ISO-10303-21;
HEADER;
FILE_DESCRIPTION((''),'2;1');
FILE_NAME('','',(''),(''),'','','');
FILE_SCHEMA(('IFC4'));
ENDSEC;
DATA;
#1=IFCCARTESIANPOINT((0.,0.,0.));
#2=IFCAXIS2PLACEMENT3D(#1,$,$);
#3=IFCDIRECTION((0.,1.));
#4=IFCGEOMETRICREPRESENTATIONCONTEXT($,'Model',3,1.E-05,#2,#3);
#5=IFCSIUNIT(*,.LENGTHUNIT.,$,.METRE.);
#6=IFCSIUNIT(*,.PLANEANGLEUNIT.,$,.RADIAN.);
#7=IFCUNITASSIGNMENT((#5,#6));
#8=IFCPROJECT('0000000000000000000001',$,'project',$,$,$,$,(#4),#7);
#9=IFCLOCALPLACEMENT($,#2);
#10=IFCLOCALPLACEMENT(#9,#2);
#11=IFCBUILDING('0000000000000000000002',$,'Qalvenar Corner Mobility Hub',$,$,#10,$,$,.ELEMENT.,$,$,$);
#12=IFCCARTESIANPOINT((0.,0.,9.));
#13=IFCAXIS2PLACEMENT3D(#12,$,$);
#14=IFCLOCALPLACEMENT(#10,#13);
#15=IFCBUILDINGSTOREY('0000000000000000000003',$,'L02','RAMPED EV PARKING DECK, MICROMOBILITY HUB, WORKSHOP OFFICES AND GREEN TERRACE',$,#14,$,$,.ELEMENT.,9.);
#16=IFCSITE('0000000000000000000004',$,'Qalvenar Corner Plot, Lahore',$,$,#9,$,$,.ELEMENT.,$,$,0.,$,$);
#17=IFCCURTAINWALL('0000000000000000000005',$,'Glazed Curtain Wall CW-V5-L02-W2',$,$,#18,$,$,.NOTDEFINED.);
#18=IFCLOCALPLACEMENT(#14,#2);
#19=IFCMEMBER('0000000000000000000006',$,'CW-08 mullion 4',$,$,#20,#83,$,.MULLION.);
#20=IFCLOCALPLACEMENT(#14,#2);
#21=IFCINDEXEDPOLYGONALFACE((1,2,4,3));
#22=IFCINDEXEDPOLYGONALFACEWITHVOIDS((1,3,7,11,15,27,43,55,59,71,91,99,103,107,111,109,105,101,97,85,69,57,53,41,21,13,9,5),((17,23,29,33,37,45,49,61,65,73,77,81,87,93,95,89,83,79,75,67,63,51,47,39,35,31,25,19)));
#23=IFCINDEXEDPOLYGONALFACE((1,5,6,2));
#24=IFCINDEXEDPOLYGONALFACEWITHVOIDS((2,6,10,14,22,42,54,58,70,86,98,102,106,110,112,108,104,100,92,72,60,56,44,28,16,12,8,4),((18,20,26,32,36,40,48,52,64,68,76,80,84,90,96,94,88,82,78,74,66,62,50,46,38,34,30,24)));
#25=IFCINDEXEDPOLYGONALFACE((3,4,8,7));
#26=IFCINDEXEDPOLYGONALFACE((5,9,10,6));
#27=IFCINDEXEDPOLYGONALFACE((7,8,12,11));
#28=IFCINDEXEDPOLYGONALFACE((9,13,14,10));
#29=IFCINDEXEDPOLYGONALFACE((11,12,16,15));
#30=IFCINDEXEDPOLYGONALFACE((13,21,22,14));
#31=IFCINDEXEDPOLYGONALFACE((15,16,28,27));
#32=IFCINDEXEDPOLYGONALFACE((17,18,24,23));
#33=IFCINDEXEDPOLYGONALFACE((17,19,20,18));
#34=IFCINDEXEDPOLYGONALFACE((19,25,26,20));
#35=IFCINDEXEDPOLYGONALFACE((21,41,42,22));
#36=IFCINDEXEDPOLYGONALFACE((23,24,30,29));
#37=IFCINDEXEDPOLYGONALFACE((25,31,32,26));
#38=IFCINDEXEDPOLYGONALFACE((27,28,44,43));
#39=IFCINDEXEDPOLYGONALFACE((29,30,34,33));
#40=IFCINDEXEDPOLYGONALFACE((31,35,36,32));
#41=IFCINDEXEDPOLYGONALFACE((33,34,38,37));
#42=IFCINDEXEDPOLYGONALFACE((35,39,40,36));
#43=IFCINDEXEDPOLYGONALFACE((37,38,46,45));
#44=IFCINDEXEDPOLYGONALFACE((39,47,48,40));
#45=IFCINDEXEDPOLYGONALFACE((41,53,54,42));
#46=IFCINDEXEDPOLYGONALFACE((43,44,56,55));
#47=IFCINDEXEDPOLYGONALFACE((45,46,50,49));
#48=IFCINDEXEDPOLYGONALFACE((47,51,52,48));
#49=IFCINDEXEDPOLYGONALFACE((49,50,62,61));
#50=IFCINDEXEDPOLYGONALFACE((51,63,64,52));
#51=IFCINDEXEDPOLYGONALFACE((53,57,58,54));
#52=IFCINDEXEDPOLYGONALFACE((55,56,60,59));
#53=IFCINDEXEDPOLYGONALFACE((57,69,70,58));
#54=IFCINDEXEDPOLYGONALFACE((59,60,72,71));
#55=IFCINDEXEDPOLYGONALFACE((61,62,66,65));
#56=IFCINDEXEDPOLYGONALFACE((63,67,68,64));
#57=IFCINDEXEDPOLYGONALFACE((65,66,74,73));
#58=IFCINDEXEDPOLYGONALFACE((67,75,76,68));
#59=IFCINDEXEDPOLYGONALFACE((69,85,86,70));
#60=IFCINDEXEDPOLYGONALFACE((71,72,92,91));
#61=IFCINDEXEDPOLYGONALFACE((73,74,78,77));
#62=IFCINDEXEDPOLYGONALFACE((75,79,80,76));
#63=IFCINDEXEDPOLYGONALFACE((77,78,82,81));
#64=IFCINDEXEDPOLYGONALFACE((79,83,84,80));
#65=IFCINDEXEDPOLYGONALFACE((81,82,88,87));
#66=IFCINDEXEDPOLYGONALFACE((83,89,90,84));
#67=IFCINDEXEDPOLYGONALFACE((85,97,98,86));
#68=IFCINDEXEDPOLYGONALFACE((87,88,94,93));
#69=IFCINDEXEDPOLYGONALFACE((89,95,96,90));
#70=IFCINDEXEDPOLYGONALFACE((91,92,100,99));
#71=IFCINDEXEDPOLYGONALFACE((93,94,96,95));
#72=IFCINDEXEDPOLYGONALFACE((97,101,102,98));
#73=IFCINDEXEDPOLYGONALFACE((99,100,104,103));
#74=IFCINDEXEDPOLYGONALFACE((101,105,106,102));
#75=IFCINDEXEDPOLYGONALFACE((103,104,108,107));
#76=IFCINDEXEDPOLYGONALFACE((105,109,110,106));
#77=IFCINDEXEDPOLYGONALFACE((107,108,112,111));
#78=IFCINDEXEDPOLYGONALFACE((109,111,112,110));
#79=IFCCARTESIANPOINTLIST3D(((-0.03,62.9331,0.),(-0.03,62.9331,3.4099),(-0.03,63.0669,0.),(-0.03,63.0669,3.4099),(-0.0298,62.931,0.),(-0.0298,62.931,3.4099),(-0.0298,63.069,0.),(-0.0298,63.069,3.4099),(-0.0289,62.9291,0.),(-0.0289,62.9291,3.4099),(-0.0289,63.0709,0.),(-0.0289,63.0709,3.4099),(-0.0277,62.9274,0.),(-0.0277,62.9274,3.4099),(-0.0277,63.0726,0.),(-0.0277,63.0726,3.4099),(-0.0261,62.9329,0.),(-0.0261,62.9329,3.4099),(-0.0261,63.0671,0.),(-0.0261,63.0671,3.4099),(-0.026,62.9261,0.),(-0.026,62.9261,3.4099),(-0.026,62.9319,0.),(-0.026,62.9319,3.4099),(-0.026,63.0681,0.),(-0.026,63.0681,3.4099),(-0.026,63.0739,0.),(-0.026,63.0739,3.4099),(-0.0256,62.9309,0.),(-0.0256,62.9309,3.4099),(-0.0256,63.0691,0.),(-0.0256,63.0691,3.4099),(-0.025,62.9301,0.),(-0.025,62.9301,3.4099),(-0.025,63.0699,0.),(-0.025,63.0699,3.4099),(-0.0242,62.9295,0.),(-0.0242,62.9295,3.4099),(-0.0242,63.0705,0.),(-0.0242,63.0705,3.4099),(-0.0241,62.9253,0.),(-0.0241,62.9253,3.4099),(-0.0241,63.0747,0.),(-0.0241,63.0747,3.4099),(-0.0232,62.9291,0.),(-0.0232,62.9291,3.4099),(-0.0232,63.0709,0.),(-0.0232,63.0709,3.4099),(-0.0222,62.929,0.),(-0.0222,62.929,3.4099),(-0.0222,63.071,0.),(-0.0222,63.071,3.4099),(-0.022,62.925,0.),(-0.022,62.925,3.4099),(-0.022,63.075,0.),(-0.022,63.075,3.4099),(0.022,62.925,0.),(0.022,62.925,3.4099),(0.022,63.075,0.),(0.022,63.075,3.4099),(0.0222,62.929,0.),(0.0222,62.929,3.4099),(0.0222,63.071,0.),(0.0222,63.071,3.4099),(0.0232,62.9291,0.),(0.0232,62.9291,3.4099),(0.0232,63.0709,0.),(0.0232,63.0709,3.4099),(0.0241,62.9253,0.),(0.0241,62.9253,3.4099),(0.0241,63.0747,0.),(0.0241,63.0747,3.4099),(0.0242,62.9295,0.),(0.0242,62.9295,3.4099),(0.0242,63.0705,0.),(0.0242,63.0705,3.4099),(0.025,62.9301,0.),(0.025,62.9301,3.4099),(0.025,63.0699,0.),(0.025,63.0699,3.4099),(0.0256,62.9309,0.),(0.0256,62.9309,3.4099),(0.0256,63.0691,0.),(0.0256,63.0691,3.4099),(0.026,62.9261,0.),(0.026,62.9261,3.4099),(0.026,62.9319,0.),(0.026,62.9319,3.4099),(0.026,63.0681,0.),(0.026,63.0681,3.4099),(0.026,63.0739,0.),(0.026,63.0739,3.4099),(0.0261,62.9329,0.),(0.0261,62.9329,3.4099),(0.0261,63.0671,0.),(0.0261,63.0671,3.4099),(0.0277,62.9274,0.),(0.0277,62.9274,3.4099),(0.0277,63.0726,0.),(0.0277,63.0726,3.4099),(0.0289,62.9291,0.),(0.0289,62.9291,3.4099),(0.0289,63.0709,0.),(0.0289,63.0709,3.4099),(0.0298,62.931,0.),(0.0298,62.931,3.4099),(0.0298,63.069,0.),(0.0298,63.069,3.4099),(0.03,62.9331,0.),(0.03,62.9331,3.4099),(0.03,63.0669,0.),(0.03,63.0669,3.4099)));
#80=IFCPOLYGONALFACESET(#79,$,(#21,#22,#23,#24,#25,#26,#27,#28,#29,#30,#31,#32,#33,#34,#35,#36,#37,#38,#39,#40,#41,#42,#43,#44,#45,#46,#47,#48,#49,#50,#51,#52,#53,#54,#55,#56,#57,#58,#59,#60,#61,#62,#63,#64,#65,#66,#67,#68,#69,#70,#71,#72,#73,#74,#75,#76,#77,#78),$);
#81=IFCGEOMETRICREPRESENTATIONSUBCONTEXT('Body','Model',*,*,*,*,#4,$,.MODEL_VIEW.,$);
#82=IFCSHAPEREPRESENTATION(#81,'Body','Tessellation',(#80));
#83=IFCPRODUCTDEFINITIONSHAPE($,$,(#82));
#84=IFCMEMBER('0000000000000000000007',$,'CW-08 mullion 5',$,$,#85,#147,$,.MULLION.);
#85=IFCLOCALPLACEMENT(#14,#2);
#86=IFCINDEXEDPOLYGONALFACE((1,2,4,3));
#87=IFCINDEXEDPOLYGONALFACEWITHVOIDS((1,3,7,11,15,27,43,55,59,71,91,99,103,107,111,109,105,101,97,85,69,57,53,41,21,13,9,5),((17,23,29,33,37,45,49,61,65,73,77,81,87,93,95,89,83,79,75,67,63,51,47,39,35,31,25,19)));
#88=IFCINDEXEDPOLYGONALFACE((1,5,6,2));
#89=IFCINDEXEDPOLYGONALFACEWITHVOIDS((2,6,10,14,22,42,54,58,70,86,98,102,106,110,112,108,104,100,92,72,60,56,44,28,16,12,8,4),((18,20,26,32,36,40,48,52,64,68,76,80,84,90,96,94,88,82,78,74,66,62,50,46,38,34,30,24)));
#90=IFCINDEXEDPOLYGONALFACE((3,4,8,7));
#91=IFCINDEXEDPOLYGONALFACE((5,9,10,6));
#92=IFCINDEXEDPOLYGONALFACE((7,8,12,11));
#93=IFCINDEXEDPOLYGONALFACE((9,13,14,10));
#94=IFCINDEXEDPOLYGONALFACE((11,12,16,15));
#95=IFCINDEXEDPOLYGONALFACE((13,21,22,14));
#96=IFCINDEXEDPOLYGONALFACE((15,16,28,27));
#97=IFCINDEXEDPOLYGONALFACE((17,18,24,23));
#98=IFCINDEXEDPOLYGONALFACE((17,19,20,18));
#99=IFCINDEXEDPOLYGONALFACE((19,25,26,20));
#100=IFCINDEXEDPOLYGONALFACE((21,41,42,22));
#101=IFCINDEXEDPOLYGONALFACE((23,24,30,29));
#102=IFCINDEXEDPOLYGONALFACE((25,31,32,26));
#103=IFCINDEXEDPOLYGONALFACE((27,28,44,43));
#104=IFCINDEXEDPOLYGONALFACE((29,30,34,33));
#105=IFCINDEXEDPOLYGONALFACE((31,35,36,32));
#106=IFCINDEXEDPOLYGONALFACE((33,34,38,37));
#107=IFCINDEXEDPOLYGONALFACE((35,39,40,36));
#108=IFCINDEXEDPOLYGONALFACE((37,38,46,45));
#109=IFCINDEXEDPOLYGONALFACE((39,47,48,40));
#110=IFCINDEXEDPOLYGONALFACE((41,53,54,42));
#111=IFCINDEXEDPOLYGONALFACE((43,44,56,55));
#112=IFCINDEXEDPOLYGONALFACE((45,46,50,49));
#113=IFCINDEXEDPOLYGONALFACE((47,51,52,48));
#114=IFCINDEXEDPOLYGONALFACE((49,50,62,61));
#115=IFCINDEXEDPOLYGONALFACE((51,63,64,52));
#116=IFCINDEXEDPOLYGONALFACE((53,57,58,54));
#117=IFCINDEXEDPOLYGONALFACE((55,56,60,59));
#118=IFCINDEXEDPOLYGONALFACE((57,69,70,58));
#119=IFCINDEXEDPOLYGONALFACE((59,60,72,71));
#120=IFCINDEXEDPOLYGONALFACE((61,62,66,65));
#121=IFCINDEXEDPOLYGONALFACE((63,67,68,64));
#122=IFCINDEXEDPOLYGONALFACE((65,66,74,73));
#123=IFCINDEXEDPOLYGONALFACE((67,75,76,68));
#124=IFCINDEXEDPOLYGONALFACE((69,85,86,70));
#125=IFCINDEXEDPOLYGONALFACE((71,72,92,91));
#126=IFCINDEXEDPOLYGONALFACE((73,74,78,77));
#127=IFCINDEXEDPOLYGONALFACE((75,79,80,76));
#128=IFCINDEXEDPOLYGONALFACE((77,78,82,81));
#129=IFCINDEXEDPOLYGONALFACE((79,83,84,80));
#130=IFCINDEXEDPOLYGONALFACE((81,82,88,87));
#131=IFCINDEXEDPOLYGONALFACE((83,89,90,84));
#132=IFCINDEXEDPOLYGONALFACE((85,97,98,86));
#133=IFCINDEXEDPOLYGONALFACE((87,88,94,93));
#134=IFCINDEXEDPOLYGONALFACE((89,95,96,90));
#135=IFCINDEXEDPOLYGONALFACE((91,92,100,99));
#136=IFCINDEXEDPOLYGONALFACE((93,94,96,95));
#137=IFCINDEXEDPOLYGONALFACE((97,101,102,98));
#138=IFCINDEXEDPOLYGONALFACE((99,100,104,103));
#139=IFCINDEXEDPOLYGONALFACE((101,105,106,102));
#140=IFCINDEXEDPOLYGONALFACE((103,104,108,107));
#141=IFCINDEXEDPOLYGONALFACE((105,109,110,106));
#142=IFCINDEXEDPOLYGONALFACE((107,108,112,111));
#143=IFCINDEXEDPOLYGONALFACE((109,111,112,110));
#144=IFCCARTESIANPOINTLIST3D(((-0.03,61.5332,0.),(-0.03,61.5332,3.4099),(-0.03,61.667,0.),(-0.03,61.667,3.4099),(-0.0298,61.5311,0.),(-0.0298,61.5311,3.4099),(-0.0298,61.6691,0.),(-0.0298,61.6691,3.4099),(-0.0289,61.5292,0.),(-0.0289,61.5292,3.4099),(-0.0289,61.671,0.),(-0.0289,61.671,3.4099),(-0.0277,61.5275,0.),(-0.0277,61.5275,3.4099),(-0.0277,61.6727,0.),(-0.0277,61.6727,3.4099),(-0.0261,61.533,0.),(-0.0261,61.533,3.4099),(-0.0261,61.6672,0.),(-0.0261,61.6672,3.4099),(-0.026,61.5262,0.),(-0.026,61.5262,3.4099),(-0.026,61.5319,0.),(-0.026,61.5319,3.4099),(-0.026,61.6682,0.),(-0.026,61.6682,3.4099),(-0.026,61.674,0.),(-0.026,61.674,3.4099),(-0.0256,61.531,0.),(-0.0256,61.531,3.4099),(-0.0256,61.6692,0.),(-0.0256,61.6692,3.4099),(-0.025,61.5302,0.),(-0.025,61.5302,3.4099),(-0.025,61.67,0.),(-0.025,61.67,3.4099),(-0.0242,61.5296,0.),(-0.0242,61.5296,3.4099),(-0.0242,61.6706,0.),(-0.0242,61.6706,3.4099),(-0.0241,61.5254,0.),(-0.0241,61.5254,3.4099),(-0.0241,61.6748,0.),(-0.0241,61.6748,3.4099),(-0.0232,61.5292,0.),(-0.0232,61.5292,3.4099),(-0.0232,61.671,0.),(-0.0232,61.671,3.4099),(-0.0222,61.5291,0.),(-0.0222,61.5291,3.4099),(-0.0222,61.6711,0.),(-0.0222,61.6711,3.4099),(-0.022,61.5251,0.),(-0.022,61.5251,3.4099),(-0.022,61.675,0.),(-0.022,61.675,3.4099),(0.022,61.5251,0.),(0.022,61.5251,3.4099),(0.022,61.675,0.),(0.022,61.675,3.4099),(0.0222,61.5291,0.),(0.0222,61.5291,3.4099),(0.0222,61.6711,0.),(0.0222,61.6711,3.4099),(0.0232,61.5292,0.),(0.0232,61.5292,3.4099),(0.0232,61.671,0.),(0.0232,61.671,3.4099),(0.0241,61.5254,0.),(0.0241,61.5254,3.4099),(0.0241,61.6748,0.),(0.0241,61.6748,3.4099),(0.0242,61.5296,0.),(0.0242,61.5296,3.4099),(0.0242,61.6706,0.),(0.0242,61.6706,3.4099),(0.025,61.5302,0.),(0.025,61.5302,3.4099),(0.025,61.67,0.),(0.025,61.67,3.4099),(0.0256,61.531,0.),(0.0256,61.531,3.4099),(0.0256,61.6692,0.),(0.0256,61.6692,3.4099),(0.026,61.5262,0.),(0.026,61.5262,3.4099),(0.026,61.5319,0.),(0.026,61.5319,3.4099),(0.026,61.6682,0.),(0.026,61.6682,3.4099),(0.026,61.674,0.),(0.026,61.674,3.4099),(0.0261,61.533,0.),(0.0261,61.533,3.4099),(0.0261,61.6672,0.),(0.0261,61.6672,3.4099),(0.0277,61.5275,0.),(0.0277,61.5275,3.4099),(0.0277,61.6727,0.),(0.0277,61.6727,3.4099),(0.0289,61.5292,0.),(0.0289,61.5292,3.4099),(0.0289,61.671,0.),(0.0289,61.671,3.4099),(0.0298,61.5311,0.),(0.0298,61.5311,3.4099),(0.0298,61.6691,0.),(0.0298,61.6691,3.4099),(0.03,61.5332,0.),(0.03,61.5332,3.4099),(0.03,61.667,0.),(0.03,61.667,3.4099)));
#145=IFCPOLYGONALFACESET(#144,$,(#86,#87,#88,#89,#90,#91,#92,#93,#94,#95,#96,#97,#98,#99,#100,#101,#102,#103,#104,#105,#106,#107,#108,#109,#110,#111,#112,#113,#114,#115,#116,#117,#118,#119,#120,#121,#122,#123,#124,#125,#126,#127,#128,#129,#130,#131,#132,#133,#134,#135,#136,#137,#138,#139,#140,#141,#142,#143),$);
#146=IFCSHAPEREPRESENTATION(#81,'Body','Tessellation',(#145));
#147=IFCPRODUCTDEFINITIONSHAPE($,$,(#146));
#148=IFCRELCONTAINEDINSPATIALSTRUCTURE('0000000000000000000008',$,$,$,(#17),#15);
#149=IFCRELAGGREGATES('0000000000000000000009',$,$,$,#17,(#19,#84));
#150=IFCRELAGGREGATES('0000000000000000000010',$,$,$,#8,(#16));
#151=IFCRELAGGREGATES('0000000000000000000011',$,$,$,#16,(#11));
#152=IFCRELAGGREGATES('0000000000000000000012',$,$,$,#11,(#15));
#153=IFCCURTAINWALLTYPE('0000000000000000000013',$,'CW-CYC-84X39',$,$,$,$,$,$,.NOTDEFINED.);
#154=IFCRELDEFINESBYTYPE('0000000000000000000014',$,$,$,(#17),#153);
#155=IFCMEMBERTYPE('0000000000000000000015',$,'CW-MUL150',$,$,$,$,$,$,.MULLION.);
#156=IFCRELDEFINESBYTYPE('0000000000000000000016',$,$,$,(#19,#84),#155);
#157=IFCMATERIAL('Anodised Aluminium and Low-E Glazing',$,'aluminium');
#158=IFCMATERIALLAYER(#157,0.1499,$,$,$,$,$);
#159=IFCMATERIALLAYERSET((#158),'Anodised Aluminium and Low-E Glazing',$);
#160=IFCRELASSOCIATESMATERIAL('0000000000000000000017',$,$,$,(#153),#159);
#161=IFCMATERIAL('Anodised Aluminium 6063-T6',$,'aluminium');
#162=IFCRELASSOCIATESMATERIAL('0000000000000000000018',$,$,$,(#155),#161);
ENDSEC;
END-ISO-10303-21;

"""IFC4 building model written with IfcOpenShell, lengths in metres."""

from ifc_helpers import new_model, si_unit, direction, frame, origin, origin_2d, place, context, subcontext, project, spatial, hollow_rectangle, extrude, material, layer, layer_set, material_profile, profile_set, type_object, element, aggregate, save


model = new_model("IFC4")

# Units and contexts
model_context = context("Model", 3, precision=1e-05, world=origin(), true_north=direction((0.0, 1.0)))
body_context = subcontext(model_context, "Body", "Model", "MODEL_VIEW")
ifc_project = project(units=[si_unit("LENGTHUNIT", "METRE"), si_unit("PLANEANGLEUNIT", "RADIAN")], contexts=[model_context])

# Site, building, storey
site_placement = place(None, origin())
site = spatial("IfcSite", under=ifc_project, at=site_placement, Name="Qalvenar Corner Plot, Lahore", CompositionType="ELEMENT", RefElevation=0.0)
building_placement = place(site_placement, origin())
building = spatial("IfcBuilding", under=site, at=building_placement, Name="Qalvenar Corner Mobility Hub", CompositionType="ELEMENT")
storey_placement = place(building_placement, frame((0.0, 0.0, 9.0)))
storey = spatial("IfcBuildingStorey", under=building, at=storey_placement, Name="L02", Description="RAMPED EV PARKING DECK, MICROMOBILITY HUB, WORKSHOP OFFICES AND GREEN TERRACE", CompositionType="ELEMENT", Elevation=9.0)

# Curtain wall, members
ifc_material_1 = material(Name="Anodised Aluminium and Low-E Glazing", Category="aluminium")
ifc_layer_1 = layer(ifc_material_1, 0.1499)
ifc_layer_set_1 = layer_set([ifc_layer_1], Name="Anodised Aluminium and Low-E Glazing")
curtain_wall_type = type_object("IfcCurtainWallType", Name="CW-CYC-84X39", PredefinedType="NOTDEFINED", material=ifc_layer_set_1)
curtain_wall_placement = place(storey_placement, origin())
curtain_wall = element("IfcCurtainWall", 1, at=curtain_wall_placement, inside=storey, type_object=curtain_wall_type, Name="Glazed Curtain Wall CW-V5-L02-W2", PredefinedType="NOTDEFINED")
ifc_material_2 = material(Name="Anodised Aluminium 6063-T6", Category="aluminium")
ifc_material_profile_1 = material_profile(ifc_material_2, hollow_rectangle(XDim=0.0601, YDim=0.1499, WallThickness=0.0039, InnerFilletRadius=0.0039, OuterFilletRadius=0.0081, at=origin_2d()), Name="RHS150x60x4")
ifc_profile_set_1 = profile_set([ifc_material_profile_1], Name="Anodised Aluminium 6063-T6")
member_type_1 = type_object("IfcMemberType", Name="CW-MUL150", PredefinedType="MULLION", material=ifc_profile_set_1)
member_1_placement = place(storey_placement, frame((0.0, 63.0, 0.0), z_axis=(0.0, 0.0, 1.0), x_axis=(1.0, 0.0, 0.0)))
member_1 = element("IfcMember", 2, at=member_1_placement, type_object=member_type_1, Name="CW-08 mullion 4", PredefinedType="MULLION", context=body_context, shape_type="SweptSolid", body=[
    extrude(hollow_rectangle(XDim=0.0601, YDim=0.1499, WallThickness=0.0039, InnerFilletRadius=0.0039, OuterFilletRadius=0.0081, at=origin_2d()), origin(), (0.0, 0.0, 1.0), 3.4099),
])
member_2_placement = place(storey_placement, frame((0.0, 61.6001, 0.0), z_axis=(0.0, 0.0, 1.0), x_axis=(1.0, 0.0, 0.0)))
member_2 = element("IfcMember", 3, at=member_2_placement, type_object=member_type_1, Name="CW-08 mullion 5", PredefinedType="MULLION", context=body_context, shape_type="SweptSolid", body=[
    extrude(hollow_rectangle(XDim=0.0601, YDim=0.1499, WallThickness=0.0039, InnerFilletRadius=0.0039, OuterFilletRadius=0.0081, at=origin_2d()), origin(), (0.0, 0.0, 1.0), 3.4099),
])
aggregate(curtain_wall, [member_1, member_2])

save(model, "model.ifc")
